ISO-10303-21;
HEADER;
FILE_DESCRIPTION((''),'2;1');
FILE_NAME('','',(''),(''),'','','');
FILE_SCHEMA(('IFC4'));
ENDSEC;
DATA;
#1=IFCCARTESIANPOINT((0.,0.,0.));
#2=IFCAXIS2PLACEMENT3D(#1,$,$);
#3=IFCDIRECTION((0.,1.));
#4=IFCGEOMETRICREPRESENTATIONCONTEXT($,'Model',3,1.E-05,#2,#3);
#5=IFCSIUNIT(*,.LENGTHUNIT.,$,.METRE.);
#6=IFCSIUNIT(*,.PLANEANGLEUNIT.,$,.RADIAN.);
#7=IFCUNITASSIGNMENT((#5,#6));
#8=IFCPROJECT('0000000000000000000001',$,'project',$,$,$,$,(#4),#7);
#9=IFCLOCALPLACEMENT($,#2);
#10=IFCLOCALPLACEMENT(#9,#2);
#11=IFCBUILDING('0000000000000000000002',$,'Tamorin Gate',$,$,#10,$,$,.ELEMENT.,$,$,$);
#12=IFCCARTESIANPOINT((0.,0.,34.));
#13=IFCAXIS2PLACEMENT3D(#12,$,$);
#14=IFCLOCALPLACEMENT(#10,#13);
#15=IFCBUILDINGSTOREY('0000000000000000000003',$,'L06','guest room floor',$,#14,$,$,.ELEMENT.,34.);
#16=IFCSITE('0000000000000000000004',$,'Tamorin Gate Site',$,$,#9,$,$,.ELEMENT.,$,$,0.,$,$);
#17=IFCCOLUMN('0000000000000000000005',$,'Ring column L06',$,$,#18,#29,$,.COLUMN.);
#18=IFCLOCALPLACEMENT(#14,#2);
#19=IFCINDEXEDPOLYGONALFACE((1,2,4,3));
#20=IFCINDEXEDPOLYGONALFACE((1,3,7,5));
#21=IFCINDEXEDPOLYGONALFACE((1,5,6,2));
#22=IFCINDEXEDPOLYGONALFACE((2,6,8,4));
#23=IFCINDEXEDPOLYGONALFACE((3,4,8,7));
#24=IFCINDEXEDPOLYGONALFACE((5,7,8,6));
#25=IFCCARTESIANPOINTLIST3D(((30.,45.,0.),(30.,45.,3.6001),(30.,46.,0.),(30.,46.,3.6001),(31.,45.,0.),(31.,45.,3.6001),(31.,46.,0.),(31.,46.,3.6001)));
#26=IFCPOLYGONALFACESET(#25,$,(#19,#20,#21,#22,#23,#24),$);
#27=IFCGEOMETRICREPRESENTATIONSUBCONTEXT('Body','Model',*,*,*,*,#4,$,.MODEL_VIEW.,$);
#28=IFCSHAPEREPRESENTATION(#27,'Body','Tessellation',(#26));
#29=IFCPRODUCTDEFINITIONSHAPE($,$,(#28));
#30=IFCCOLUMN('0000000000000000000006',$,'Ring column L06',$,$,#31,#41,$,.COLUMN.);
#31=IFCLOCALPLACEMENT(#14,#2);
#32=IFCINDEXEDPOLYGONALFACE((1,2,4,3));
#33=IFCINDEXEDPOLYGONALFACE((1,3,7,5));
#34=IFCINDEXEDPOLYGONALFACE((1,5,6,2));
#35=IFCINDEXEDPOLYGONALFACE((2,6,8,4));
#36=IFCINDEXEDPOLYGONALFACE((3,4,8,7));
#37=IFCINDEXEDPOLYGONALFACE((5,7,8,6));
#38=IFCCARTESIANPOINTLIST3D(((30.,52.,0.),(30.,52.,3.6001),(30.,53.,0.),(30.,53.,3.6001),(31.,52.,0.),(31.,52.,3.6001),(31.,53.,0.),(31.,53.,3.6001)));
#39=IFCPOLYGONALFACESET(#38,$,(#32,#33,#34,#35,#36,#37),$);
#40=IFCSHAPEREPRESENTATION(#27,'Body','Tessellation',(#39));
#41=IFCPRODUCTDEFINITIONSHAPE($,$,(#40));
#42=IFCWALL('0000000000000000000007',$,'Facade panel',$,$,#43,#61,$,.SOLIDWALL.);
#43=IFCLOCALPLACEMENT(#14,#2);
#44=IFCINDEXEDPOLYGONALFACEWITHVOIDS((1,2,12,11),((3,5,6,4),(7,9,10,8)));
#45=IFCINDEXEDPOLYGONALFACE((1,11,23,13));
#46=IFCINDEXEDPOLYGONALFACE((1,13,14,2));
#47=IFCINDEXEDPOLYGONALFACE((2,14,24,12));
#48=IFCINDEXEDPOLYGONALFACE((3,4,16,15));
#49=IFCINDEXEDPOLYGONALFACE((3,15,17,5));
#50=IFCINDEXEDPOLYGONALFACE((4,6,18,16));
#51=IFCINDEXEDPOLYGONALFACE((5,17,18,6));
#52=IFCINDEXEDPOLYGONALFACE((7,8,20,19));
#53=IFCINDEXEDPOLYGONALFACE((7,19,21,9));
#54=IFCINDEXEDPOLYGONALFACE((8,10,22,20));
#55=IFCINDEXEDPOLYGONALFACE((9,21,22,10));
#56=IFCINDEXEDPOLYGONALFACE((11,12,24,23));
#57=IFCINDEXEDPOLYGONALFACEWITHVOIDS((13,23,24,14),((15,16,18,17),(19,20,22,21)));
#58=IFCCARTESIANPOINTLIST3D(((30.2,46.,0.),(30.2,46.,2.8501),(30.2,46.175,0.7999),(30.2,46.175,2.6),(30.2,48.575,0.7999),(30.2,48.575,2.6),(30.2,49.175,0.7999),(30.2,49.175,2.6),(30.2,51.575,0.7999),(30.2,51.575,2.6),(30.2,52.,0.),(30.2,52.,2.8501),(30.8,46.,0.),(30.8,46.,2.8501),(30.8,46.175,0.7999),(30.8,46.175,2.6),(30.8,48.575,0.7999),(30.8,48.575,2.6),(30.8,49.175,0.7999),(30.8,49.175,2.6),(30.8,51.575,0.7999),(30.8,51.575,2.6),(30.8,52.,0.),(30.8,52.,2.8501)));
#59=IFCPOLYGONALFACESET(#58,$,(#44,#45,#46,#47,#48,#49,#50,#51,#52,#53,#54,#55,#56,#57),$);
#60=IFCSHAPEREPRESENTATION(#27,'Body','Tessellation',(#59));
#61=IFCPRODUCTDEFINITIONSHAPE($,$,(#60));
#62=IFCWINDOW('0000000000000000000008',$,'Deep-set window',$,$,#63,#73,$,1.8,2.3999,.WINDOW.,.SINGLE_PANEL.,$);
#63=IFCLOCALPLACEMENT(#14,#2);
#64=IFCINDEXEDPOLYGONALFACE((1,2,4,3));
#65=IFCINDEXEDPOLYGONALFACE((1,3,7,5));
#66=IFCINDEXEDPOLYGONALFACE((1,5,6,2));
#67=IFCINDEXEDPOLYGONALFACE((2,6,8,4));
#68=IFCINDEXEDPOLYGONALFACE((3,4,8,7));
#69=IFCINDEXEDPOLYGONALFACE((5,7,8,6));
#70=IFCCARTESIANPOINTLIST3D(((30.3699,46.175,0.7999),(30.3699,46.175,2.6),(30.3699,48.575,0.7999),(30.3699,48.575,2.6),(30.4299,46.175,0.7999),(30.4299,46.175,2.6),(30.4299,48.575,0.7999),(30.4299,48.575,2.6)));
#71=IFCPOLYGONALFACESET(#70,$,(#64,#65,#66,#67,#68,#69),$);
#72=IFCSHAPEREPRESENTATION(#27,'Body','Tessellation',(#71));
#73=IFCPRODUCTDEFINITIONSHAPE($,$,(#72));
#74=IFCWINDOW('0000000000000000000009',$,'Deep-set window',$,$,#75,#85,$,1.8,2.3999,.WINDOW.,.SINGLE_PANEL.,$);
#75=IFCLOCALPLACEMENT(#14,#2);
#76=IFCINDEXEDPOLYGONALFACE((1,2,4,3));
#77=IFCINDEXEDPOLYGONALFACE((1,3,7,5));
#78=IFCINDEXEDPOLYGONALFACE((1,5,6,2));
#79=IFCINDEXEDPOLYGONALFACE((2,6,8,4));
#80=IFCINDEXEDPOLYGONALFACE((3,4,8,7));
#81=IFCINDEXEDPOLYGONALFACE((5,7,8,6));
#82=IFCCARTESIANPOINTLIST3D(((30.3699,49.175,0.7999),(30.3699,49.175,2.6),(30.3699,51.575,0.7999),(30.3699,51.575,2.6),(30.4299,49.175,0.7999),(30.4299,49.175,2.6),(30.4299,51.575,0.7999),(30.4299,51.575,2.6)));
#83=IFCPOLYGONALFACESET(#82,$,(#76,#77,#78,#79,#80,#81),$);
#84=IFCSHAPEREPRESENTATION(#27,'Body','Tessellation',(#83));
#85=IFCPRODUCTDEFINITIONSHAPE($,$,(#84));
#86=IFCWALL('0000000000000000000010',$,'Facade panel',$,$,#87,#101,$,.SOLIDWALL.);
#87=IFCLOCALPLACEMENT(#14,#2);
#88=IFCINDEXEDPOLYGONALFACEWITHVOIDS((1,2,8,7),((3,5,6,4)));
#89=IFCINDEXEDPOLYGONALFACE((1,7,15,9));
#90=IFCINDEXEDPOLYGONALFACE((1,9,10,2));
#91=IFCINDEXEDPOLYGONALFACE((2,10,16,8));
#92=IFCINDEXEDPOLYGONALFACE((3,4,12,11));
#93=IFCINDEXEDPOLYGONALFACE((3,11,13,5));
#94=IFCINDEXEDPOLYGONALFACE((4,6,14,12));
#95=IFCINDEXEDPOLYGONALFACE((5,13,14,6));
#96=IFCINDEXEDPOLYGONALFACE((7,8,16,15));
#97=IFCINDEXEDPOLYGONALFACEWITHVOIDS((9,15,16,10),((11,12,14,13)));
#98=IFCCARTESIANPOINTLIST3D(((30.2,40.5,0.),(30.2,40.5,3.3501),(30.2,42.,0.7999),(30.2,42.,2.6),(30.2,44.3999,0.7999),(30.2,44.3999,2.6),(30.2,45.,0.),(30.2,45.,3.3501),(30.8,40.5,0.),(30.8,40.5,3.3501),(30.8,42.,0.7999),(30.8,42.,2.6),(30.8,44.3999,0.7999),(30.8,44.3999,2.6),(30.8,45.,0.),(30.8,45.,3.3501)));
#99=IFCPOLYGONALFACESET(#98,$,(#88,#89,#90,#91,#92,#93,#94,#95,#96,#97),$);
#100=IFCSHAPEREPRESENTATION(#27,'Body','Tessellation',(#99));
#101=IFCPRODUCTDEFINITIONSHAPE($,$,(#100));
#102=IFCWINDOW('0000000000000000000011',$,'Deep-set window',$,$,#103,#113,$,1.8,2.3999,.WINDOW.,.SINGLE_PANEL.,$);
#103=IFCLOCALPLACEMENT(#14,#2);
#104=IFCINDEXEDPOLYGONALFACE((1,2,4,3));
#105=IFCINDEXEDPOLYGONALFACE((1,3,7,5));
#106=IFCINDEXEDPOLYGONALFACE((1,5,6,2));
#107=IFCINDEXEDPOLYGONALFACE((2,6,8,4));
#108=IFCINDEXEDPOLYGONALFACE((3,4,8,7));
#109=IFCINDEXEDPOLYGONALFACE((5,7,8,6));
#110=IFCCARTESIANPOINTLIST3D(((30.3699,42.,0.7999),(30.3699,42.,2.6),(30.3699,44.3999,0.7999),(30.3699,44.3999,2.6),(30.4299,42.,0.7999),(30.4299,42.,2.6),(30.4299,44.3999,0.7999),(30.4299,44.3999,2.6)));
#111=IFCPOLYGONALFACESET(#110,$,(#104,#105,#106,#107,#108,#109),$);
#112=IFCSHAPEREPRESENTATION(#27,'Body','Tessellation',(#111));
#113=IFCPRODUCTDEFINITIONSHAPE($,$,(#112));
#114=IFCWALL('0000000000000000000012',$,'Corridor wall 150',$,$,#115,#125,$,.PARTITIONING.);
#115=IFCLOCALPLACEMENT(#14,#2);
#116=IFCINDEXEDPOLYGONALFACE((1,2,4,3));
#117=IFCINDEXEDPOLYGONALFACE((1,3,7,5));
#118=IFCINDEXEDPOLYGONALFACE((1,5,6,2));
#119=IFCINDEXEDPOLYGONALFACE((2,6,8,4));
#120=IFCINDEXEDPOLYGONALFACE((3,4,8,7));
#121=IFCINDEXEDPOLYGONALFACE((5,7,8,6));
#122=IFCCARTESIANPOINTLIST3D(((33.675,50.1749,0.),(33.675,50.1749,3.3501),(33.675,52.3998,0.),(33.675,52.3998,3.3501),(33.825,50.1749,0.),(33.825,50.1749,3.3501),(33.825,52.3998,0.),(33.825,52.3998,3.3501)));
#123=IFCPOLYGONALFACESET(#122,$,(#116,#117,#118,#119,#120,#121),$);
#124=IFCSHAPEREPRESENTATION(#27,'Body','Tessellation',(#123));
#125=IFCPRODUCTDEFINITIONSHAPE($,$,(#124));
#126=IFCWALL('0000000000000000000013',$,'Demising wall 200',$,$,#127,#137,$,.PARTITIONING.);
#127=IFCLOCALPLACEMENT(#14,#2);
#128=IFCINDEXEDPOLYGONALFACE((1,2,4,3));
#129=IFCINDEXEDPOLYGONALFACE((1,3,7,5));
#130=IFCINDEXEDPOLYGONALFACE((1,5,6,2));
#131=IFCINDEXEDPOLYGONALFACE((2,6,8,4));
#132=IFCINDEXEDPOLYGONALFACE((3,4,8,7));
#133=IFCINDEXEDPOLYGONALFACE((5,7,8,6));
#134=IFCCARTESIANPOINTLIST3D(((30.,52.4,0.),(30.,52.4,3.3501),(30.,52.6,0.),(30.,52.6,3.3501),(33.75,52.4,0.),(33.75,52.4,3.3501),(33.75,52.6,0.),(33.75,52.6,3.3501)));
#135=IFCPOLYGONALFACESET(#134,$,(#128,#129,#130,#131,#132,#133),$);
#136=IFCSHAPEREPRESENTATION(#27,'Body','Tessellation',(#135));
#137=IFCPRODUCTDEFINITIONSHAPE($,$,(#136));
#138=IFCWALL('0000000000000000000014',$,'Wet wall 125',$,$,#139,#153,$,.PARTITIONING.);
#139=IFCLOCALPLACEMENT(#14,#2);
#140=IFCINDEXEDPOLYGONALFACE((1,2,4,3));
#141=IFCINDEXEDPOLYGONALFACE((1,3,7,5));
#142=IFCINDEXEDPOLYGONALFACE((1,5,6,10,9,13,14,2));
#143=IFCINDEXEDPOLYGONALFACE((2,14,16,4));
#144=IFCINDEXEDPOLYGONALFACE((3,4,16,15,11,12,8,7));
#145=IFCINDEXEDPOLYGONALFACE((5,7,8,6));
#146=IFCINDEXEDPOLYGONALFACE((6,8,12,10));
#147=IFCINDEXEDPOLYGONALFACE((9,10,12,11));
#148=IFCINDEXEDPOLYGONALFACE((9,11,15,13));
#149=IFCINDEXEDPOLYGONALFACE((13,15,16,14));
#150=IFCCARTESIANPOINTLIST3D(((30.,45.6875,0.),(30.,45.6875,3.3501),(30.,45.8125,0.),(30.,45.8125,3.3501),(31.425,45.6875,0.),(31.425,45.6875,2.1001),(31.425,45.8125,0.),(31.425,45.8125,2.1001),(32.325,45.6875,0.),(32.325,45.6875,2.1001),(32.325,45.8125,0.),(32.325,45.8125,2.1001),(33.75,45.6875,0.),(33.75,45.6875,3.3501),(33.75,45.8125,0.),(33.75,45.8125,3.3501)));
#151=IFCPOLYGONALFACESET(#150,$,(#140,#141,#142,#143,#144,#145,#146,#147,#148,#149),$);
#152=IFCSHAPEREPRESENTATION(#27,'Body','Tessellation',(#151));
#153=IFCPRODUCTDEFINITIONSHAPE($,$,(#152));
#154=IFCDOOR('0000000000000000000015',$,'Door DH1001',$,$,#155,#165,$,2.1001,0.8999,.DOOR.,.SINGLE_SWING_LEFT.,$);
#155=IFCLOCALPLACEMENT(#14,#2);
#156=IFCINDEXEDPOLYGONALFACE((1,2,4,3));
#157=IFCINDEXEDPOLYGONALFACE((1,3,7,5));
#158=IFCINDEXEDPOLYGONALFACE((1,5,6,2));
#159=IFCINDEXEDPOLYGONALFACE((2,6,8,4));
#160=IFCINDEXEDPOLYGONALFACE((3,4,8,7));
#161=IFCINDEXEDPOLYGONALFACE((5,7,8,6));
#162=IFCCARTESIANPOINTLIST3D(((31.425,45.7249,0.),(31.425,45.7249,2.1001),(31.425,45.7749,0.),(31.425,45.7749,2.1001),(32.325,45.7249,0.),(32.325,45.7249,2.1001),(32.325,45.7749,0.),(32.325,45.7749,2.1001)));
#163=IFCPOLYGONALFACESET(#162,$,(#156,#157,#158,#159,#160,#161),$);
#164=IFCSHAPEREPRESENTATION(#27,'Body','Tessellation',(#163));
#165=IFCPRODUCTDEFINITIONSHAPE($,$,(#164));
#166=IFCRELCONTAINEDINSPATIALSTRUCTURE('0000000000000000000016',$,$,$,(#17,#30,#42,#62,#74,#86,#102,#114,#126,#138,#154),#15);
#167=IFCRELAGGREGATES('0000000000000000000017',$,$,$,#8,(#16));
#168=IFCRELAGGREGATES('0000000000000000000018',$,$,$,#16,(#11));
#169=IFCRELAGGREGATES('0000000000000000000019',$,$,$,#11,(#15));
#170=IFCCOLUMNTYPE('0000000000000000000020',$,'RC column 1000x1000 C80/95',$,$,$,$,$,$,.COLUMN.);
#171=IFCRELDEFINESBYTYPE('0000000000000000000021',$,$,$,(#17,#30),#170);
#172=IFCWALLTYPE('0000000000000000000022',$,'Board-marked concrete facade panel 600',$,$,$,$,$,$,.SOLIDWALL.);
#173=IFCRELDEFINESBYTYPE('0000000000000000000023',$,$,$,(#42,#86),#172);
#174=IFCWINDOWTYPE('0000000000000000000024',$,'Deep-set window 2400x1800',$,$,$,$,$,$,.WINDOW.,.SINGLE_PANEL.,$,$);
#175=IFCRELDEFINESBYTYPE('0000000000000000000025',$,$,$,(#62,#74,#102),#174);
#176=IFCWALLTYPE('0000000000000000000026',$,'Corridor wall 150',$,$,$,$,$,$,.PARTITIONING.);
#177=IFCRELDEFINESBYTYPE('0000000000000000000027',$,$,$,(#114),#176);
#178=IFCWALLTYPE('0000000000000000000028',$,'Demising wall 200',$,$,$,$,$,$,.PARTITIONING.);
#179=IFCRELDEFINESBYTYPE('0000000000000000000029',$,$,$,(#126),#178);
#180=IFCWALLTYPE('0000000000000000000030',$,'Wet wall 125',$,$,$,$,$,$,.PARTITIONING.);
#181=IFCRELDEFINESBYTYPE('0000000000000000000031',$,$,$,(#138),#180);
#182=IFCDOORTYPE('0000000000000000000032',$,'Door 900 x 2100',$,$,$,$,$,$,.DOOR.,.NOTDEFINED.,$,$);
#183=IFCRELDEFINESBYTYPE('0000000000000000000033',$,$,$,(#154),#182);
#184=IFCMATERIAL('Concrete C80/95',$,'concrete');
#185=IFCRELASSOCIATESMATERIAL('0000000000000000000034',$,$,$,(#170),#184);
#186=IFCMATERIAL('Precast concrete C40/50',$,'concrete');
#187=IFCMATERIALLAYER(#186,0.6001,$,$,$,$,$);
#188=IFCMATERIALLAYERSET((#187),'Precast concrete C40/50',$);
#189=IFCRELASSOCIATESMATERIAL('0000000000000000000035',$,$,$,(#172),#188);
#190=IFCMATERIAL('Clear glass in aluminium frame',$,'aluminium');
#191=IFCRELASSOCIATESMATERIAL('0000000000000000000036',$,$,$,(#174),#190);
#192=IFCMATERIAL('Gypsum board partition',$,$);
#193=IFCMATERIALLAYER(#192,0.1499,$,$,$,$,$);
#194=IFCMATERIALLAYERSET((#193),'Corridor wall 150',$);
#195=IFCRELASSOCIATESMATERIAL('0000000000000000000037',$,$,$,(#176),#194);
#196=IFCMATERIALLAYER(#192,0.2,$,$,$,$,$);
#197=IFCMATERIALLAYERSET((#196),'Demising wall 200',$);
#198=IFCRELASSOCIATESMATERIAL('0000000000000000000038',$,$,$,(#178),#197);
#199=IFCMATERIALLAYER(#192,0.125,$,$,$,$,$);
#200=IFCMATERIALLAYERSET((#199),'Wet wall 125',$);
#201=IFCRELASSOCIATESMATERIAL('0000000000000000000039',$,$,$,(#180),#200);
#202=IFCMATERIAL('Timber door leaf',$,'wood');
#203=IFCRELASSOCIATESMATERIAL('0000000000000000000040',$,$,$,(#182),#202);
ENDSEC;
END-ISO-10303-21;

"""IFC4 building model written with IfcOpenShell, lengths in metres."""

from ifc_helpers import new_model, si_unit, direction, frame, frame_2d, origin, origin_2d, place, context, subcontext, project, spatial, rectangle, extrude, material, layer, layer_set, material_profile, profile_set, type_object, element, fill, save


model = new_model("IFC4")

# Units and contexts
model_context = context("Model", 3, precision=1e-05, world=origin(), true_north=direction((0.0, 1.0)))
body_context = subcontext(model_context, "Body", "Model", "MODEL_VIEW")
ifc_project = project(units=[si_unit("LENGTHUNIT", "METRE"), si_unit("PLANEANGLEUNIT", "RADIAN")], contexts=[model_context])

# Site, building, storey
site_placement = place(None, origin())
site = spatial("IfcSite", under=ifc_project, at=site_placement, Name="Tamorin Gate Site", CompositionType="ELEMENT", RefElevation=0.0)
building_placement = place(site_placement, origin())
building = spatial("IfcBuilding", under=site, at=building_placement, Name="Tamorin Gate", CompositionType="ELEMENT")
storey_placement = place(building_placement, frame((0.0, 0.0, 34.0)))
storey = spatial("IfcBuildingStorey", under=building, at=storey_placement, Name="L06", Description="guest room floor", CompositionType="ELEMENT", Elevation=34.0)

# Columns
ifc_material_1 = material(Name="Concrete C80/95", Category="concrete")
ifc_material_profile = material_profile(ifc_material_1, rectangle(XDim=1.0, YDim=1.0, at=origin_2d()), Name="RC 1000x1000")
ifc_profile_set = profile_set([ifc_material_profile], Name="Concrete C80/95")
column_type = type_object("IfcColumnType", Name="RC column 1000x1000 C80/95", PredefinedType="COLUMN", material=ifc_profile_set)
for number, where, z_axis, x_axis, name in (
    (1, (30.5, 45.5, 0.0), (0.0, 0.0, 1.0), (1.0, 0.0, 0.0), "Ring column L06"),
    (2, (30.5, 52.5, 0.0), (0.0, 0.0, 1.0), (1.0, 0.0, 0.0), "Ring column L06"),
):
    element("IfcColumn", number, at=place(storey_placement, frame(where, z_axis=z_axis, x_axis=x_axis)), inside=storey, type_object=column_type, Name=name, PredefinedType="COLUMN", context=body_context, shape_type="SweptSolid", body=[
        extrude(rectangle(XDim=1.0, YDim=1.0, at=origin_2d()), origin(), (0.0, 0.0, 1.0), 3.6001),
    ])

# Wall, openings, windows
ifc_material_2 = material(Name="Precast concrete C40/50", Category="concrete")
ifc_layer_1 = layer(ifc_material_2, 0.6001)
ifc_layer_set_1 = layer_set([ifc_layer_1], Name="Precast concrete C40/50")
wall_type_1 = type_object("IfcWallType", Name="Board-marked concrete facade panel 600", PredefinedType="SOLIDWALL", material=ifc_layer_set_1)
wall_1_placement = place(storey_placement, frame((30.5, 52.0, 0.0), z_axis=(0.0, 0.0, 1.0), x_axis=(0.0, -1.0, 0.0)))
wall_1 = element("IfcWall", 3, at=wall_1_placement, inside=storey, type_object=wall_type_1, Name="Facade panel", PredefinedType="SOLIDWALL", context=body_context, shape_type="SweptSolid", body=[
    extrude(rectangle(XDim=6.0, YDim=0.6001, at=frame_2d((3.0, 0.0))), origin(), (0.0, 0.0, 1.0), 2.8501),
])
opening_1_placement = place(wall_1_placement, frame((3.425, 0.0, 0.8)))
opening_1 = element("IfcOpeningElement", 4, at=opening_1_placement, cuts=wall_1, PredefinedType="OPENING", context=body_context, shape_type="SweptSolid", body=[
    extrude(rectangle(XDim=2.3999, YDim=1.8, at=frame_2d((1.2, 0.8999))), frame((0.0, 0.3101, 0.0), z_axis=(0.0, -1.0, 0.0), x_axis=(1.0, 0.0, 0.0)), (0.0, 0.0, 1.0), 0.6201),
])
opening_2_placement = place(wall_1_placement, frame((0.425, 0.0, 0.8)))
opening_2 = element("IfcOpeningElement", 5, at=opening_2_placement, cuts=wall_1, PredefinedType="OPENING", context=body_context, shape_type="SweptSolid", body=[
    extrude(rectangle(XDim=2.3999, YDim=1.8, at=frame_2d((1.2, 0.8999))), frame((0.0, 0.3101, 0.0), z_axis=(0.0, -1.0, 0.0), x_axis=(1.0, 0.0, 0.0)), (0.0, 0.0, 1.0), 0.6201),
])
ifc_material_3 = material(Name="Clear glass in aluminium frame", Category="aluminium")
window_type = type_object("IfcWindowType", Name="Deep-set window 2400x1800", PartitioningType="SINGLE_PANEL", PredefinedType="WINDOW", material=ifc_material_3)
window_1_placement = place(opening_1_placement, origin())
window_1 = element("IfcWindow", 6, at=window_1_placement, inside=storey, type_object=window_type, Name="Deep-set window", OverallHeight=1.8, OverallWidth=2.3999, PartitioningType="SINGLE_PANEL", PredefinedType="WINDOW", context=body_context, shape_type="SweptSolid", body=[
    extrude(rectangle(XDim=2.3999, YDim=1.8, at=frame_2d((1.2, 0.8999))), frame((0.0, -0.0701, 0.0), z_axis=(0.0, -1.0, 0.0), x_axis=(1.0, 0.0, 0.0)), (0.0, 0.0, 1.0), 0.0601),
])
fill(opening_1, window_1)
window_2_placement = place(opening_2_placement, origin())
window_2 = element("IfcWindow", 7, at=window_2_placement, inside=storey, type_object=window_type, Name="Deep-set window", OverallHeight=1.8, OverallWidth=2.3999, PartitioningType="SINGLE_PANEL", PredefinedType="WINDOW", context=body_context, shape_type="SweptSolid", body=[
    extrude(rectangle(XDim=2.3999, YDim=1.8, at=frame_2d((1.2, 0.8999))), frame((0.0, -0.0701, 0.0), z_axis=(0.0, -1.0, 0.0), x_axis=(1.0, 0.0, 0.0)), (0.0, 0.0, 1.0), 0.0601),
])
fill(opening_2, window_2)

# Wall, opening, window
wall_2_placement = place(storey_placement, frame((30.5, 45.0, 0.0), z_axis=(0.0, 0.0, 1.0), x_axis=(0.0, -1.0, 0.0)))
wall_2 = element("IfcWall", 8, at=wall_2_placement, inside=storey, type_object=wall_type_1, Name="Facade panel", PredefinedType="SOLIDWALL", context=body_context, shape_type="SweptSolid", body=[
    extrude(rectangle(XDim=4.5, YDim=0.6001, at=frame_2d((2.25, 0.0))), origin(), (0.0, 0.0, 1.0), 3.3501),
])
opening_3_placement = place(wall_2_placement, frame((0.6001, 0.0, 0.8)))
opening_3 = element("IfcOpeningElement", 9, at=opening_3_placement, cuts=wall_2, PredefinedType="OPENING", context=body_context, shape_type="SweptSolid", body=[
    extrude(rectangle(XDim=2.3999, YDim=1.8, at=frame_2d((1.2, 0.8999))), frame((0.0, 0.3101, 0.0), z_axis=(0.0, -1.0, 0.0), x_axis=(1.0, 0.0, 0.0)), (0.0, 0.0, 1.0), 0.6201),
])
window_3_placement = place(opening_3_placement, origin())
window_3 = element("IfcWindow", 10, at=window_3_placement, inside=storey, type_object=window_type, Name="Deep-set window", OverallHeight=1.8, OverallWidth=2.3999, PartitioningType="SINGLE_PANEL", PredefinedType="WINDOW", context=body_context, shape_type="SweptSolid", body=[
    extrude(rectangle(XDim=2.3999, YDim=1.8, at=frame_2d((1.2, 0.8999))), frame((0.0, -0.0701, 0.0), z_axis=(0.0, -1.0, 0.0), x_axis=(1.0, 0.0, 0.0)), (0.0, 0.0, 1.0), 0.0601),
])
fill(opening_3, window_3)

# Shared definitions
ifc_material_4 = material(Name="Gypsum board partition")
ifc_layer_2 = layer(ifc_material_4, 0.1499)
ifc_layer_set_2 = layer_set([ifc_layer_2], Name="Corridor wall 150")
wall_type_2 = type_object("IfcWallType", Name="Corridor wall 150", PredefinedType="PARTITIONING", material=ifc_layer_set_2)
ifc_material_5 = material(Name="Timber door leaf", Category="wood")

# Walls
wall_3_placement = place(storey_placement, frame((33.75, 50.175, 0.0), z_axis=(0.0, 0.0, 1.0), x_axis=(0.0, 1.0, 0.0)))
element("IfcWall", 11, at=wall_3_placement, inside=storey, type_object=wall_type_2, Name="Corridor wall 150", PredefinedType="PARTITIONING", context=body_context, shape_type="SweptSolid", body=[
    extrude(rectangle(XDim=2.2249, YDim=0.1499, at=frame_2d((1.1123, 0.0))), origin(), (0.0, 0.0, 1.0), 3.3501),
])
ifc_layer_3 = layer(ifc_material_4, 0.2)
ifc_layer_set_3 = layer_set([ifc_layer_3], Name="Demising wall 200")
wall_type_3 = type_object("IfcWallType", Name="Demising wall 200", PredefinedType="PARTITIONING", material=ifc_layer_set_3)
wall_4_placement = place(storey_placement, frame((30.0, 52.5, 0.0), z_axis=(0.0, 0.0, 1.0), x_axis=(1.0, 0.0, 0.0)))
element("IfcWall", 12, at=wall_4_placement, inside=storey, type_object=wall_type_3, Name="Demising wall 200", PredefinedType="PARTITIONING", context=body_context, shape_type="SweptSolid", body=[
    extrude(rectangle(XDim=3.75, YDim=0.2, at=frame_2d((1.875, 0.0))), origin(), (0.0, 0.0, 1.0), 3.3501),
])

# Wall, opening, door
ifc_layer_4 = layer(ifc_material_4, 0.125)
ifc_layer_set_4 = layer_set([ifc_layer_4], Name="Wet wall 125")
wall_type_4 = type_object("IfcWallType", Name="Wet wall 125", PredefinedType="PARTITIONING", material=ifc_layer_set_4)
wall_5_placement = place(storey_placement, frame((30.0, 45.75, 0.0), z_axis=(0.0, 0.0, 1.0), x_axis=(1.0, 0.0, 0.0)))
wall_5 = element("IfcWall", 13, at=wall_5_placement, inside=storey, type_object=wall_type_4, Name="Wet wall 125", PredefinedType="PARTITIONING", context=body_context, shape_type="SweptSolid", body=[
    extrude(rectangle(XDim=3.75, YDim=0.125, at=frame_2d((1.875, 0.0))), origin(), (0.0, 0.0, 1.0), 3.3501),
])
opening_4_placement = place(wall_5_placement, frame((1.425, 0.0, 0.0)))
opening_4 = element("IfcOpeningElement", 14, at=opening_4_placement, cuts=wall_5, PredefinedType="OPENING", context=body_context, shape_type="SweptSolid", body=[
    extrude(rectangle(XDim=0.8999, YDim=2.1001, at=frame_2d((0.45, 1.05))), frame((0.0, 0.0725, 0.0), z_axis=(0.0, -1.0, 0.0), x_axis=(1.0, 0.0, 0.0)), (0.0, 0.0, 1.0), 0.145),
])
door_type_1 = type_object("IfcDoorType", Name="Door 900 x 2100", OperationType="NOTDEFINED", PredefinedType="DOOR", material=ifc_material_5)
door_1_placement = place(opening_4_placement, origin())
door_1 = element("IfcDoor", 15, at=door_1_placement, inside=storey, type_object=door_type_1, Name="Door DH1001", OperationType="SINGLE_SWING_LEFT", OverallHeight=2.1001, OverallWidth=0.8999, PredefinedType="DOOR", context=body_context, shape_type="SweptSolid", body=[
    extrude(rectangle(XDim=0.8999, YDim=2.1001, at=frame_2d((0.45, 1.05))), frame((0.0, 0.0249, 0.0), z_axis=(0.0, -1.0, 0.0), x_axis=(1.0, 0.0, 0.0)), (0.0, 0.0, 1.0), 0.05),
])
fill(opening_4, door_1)

save(model, "model.ifc")
